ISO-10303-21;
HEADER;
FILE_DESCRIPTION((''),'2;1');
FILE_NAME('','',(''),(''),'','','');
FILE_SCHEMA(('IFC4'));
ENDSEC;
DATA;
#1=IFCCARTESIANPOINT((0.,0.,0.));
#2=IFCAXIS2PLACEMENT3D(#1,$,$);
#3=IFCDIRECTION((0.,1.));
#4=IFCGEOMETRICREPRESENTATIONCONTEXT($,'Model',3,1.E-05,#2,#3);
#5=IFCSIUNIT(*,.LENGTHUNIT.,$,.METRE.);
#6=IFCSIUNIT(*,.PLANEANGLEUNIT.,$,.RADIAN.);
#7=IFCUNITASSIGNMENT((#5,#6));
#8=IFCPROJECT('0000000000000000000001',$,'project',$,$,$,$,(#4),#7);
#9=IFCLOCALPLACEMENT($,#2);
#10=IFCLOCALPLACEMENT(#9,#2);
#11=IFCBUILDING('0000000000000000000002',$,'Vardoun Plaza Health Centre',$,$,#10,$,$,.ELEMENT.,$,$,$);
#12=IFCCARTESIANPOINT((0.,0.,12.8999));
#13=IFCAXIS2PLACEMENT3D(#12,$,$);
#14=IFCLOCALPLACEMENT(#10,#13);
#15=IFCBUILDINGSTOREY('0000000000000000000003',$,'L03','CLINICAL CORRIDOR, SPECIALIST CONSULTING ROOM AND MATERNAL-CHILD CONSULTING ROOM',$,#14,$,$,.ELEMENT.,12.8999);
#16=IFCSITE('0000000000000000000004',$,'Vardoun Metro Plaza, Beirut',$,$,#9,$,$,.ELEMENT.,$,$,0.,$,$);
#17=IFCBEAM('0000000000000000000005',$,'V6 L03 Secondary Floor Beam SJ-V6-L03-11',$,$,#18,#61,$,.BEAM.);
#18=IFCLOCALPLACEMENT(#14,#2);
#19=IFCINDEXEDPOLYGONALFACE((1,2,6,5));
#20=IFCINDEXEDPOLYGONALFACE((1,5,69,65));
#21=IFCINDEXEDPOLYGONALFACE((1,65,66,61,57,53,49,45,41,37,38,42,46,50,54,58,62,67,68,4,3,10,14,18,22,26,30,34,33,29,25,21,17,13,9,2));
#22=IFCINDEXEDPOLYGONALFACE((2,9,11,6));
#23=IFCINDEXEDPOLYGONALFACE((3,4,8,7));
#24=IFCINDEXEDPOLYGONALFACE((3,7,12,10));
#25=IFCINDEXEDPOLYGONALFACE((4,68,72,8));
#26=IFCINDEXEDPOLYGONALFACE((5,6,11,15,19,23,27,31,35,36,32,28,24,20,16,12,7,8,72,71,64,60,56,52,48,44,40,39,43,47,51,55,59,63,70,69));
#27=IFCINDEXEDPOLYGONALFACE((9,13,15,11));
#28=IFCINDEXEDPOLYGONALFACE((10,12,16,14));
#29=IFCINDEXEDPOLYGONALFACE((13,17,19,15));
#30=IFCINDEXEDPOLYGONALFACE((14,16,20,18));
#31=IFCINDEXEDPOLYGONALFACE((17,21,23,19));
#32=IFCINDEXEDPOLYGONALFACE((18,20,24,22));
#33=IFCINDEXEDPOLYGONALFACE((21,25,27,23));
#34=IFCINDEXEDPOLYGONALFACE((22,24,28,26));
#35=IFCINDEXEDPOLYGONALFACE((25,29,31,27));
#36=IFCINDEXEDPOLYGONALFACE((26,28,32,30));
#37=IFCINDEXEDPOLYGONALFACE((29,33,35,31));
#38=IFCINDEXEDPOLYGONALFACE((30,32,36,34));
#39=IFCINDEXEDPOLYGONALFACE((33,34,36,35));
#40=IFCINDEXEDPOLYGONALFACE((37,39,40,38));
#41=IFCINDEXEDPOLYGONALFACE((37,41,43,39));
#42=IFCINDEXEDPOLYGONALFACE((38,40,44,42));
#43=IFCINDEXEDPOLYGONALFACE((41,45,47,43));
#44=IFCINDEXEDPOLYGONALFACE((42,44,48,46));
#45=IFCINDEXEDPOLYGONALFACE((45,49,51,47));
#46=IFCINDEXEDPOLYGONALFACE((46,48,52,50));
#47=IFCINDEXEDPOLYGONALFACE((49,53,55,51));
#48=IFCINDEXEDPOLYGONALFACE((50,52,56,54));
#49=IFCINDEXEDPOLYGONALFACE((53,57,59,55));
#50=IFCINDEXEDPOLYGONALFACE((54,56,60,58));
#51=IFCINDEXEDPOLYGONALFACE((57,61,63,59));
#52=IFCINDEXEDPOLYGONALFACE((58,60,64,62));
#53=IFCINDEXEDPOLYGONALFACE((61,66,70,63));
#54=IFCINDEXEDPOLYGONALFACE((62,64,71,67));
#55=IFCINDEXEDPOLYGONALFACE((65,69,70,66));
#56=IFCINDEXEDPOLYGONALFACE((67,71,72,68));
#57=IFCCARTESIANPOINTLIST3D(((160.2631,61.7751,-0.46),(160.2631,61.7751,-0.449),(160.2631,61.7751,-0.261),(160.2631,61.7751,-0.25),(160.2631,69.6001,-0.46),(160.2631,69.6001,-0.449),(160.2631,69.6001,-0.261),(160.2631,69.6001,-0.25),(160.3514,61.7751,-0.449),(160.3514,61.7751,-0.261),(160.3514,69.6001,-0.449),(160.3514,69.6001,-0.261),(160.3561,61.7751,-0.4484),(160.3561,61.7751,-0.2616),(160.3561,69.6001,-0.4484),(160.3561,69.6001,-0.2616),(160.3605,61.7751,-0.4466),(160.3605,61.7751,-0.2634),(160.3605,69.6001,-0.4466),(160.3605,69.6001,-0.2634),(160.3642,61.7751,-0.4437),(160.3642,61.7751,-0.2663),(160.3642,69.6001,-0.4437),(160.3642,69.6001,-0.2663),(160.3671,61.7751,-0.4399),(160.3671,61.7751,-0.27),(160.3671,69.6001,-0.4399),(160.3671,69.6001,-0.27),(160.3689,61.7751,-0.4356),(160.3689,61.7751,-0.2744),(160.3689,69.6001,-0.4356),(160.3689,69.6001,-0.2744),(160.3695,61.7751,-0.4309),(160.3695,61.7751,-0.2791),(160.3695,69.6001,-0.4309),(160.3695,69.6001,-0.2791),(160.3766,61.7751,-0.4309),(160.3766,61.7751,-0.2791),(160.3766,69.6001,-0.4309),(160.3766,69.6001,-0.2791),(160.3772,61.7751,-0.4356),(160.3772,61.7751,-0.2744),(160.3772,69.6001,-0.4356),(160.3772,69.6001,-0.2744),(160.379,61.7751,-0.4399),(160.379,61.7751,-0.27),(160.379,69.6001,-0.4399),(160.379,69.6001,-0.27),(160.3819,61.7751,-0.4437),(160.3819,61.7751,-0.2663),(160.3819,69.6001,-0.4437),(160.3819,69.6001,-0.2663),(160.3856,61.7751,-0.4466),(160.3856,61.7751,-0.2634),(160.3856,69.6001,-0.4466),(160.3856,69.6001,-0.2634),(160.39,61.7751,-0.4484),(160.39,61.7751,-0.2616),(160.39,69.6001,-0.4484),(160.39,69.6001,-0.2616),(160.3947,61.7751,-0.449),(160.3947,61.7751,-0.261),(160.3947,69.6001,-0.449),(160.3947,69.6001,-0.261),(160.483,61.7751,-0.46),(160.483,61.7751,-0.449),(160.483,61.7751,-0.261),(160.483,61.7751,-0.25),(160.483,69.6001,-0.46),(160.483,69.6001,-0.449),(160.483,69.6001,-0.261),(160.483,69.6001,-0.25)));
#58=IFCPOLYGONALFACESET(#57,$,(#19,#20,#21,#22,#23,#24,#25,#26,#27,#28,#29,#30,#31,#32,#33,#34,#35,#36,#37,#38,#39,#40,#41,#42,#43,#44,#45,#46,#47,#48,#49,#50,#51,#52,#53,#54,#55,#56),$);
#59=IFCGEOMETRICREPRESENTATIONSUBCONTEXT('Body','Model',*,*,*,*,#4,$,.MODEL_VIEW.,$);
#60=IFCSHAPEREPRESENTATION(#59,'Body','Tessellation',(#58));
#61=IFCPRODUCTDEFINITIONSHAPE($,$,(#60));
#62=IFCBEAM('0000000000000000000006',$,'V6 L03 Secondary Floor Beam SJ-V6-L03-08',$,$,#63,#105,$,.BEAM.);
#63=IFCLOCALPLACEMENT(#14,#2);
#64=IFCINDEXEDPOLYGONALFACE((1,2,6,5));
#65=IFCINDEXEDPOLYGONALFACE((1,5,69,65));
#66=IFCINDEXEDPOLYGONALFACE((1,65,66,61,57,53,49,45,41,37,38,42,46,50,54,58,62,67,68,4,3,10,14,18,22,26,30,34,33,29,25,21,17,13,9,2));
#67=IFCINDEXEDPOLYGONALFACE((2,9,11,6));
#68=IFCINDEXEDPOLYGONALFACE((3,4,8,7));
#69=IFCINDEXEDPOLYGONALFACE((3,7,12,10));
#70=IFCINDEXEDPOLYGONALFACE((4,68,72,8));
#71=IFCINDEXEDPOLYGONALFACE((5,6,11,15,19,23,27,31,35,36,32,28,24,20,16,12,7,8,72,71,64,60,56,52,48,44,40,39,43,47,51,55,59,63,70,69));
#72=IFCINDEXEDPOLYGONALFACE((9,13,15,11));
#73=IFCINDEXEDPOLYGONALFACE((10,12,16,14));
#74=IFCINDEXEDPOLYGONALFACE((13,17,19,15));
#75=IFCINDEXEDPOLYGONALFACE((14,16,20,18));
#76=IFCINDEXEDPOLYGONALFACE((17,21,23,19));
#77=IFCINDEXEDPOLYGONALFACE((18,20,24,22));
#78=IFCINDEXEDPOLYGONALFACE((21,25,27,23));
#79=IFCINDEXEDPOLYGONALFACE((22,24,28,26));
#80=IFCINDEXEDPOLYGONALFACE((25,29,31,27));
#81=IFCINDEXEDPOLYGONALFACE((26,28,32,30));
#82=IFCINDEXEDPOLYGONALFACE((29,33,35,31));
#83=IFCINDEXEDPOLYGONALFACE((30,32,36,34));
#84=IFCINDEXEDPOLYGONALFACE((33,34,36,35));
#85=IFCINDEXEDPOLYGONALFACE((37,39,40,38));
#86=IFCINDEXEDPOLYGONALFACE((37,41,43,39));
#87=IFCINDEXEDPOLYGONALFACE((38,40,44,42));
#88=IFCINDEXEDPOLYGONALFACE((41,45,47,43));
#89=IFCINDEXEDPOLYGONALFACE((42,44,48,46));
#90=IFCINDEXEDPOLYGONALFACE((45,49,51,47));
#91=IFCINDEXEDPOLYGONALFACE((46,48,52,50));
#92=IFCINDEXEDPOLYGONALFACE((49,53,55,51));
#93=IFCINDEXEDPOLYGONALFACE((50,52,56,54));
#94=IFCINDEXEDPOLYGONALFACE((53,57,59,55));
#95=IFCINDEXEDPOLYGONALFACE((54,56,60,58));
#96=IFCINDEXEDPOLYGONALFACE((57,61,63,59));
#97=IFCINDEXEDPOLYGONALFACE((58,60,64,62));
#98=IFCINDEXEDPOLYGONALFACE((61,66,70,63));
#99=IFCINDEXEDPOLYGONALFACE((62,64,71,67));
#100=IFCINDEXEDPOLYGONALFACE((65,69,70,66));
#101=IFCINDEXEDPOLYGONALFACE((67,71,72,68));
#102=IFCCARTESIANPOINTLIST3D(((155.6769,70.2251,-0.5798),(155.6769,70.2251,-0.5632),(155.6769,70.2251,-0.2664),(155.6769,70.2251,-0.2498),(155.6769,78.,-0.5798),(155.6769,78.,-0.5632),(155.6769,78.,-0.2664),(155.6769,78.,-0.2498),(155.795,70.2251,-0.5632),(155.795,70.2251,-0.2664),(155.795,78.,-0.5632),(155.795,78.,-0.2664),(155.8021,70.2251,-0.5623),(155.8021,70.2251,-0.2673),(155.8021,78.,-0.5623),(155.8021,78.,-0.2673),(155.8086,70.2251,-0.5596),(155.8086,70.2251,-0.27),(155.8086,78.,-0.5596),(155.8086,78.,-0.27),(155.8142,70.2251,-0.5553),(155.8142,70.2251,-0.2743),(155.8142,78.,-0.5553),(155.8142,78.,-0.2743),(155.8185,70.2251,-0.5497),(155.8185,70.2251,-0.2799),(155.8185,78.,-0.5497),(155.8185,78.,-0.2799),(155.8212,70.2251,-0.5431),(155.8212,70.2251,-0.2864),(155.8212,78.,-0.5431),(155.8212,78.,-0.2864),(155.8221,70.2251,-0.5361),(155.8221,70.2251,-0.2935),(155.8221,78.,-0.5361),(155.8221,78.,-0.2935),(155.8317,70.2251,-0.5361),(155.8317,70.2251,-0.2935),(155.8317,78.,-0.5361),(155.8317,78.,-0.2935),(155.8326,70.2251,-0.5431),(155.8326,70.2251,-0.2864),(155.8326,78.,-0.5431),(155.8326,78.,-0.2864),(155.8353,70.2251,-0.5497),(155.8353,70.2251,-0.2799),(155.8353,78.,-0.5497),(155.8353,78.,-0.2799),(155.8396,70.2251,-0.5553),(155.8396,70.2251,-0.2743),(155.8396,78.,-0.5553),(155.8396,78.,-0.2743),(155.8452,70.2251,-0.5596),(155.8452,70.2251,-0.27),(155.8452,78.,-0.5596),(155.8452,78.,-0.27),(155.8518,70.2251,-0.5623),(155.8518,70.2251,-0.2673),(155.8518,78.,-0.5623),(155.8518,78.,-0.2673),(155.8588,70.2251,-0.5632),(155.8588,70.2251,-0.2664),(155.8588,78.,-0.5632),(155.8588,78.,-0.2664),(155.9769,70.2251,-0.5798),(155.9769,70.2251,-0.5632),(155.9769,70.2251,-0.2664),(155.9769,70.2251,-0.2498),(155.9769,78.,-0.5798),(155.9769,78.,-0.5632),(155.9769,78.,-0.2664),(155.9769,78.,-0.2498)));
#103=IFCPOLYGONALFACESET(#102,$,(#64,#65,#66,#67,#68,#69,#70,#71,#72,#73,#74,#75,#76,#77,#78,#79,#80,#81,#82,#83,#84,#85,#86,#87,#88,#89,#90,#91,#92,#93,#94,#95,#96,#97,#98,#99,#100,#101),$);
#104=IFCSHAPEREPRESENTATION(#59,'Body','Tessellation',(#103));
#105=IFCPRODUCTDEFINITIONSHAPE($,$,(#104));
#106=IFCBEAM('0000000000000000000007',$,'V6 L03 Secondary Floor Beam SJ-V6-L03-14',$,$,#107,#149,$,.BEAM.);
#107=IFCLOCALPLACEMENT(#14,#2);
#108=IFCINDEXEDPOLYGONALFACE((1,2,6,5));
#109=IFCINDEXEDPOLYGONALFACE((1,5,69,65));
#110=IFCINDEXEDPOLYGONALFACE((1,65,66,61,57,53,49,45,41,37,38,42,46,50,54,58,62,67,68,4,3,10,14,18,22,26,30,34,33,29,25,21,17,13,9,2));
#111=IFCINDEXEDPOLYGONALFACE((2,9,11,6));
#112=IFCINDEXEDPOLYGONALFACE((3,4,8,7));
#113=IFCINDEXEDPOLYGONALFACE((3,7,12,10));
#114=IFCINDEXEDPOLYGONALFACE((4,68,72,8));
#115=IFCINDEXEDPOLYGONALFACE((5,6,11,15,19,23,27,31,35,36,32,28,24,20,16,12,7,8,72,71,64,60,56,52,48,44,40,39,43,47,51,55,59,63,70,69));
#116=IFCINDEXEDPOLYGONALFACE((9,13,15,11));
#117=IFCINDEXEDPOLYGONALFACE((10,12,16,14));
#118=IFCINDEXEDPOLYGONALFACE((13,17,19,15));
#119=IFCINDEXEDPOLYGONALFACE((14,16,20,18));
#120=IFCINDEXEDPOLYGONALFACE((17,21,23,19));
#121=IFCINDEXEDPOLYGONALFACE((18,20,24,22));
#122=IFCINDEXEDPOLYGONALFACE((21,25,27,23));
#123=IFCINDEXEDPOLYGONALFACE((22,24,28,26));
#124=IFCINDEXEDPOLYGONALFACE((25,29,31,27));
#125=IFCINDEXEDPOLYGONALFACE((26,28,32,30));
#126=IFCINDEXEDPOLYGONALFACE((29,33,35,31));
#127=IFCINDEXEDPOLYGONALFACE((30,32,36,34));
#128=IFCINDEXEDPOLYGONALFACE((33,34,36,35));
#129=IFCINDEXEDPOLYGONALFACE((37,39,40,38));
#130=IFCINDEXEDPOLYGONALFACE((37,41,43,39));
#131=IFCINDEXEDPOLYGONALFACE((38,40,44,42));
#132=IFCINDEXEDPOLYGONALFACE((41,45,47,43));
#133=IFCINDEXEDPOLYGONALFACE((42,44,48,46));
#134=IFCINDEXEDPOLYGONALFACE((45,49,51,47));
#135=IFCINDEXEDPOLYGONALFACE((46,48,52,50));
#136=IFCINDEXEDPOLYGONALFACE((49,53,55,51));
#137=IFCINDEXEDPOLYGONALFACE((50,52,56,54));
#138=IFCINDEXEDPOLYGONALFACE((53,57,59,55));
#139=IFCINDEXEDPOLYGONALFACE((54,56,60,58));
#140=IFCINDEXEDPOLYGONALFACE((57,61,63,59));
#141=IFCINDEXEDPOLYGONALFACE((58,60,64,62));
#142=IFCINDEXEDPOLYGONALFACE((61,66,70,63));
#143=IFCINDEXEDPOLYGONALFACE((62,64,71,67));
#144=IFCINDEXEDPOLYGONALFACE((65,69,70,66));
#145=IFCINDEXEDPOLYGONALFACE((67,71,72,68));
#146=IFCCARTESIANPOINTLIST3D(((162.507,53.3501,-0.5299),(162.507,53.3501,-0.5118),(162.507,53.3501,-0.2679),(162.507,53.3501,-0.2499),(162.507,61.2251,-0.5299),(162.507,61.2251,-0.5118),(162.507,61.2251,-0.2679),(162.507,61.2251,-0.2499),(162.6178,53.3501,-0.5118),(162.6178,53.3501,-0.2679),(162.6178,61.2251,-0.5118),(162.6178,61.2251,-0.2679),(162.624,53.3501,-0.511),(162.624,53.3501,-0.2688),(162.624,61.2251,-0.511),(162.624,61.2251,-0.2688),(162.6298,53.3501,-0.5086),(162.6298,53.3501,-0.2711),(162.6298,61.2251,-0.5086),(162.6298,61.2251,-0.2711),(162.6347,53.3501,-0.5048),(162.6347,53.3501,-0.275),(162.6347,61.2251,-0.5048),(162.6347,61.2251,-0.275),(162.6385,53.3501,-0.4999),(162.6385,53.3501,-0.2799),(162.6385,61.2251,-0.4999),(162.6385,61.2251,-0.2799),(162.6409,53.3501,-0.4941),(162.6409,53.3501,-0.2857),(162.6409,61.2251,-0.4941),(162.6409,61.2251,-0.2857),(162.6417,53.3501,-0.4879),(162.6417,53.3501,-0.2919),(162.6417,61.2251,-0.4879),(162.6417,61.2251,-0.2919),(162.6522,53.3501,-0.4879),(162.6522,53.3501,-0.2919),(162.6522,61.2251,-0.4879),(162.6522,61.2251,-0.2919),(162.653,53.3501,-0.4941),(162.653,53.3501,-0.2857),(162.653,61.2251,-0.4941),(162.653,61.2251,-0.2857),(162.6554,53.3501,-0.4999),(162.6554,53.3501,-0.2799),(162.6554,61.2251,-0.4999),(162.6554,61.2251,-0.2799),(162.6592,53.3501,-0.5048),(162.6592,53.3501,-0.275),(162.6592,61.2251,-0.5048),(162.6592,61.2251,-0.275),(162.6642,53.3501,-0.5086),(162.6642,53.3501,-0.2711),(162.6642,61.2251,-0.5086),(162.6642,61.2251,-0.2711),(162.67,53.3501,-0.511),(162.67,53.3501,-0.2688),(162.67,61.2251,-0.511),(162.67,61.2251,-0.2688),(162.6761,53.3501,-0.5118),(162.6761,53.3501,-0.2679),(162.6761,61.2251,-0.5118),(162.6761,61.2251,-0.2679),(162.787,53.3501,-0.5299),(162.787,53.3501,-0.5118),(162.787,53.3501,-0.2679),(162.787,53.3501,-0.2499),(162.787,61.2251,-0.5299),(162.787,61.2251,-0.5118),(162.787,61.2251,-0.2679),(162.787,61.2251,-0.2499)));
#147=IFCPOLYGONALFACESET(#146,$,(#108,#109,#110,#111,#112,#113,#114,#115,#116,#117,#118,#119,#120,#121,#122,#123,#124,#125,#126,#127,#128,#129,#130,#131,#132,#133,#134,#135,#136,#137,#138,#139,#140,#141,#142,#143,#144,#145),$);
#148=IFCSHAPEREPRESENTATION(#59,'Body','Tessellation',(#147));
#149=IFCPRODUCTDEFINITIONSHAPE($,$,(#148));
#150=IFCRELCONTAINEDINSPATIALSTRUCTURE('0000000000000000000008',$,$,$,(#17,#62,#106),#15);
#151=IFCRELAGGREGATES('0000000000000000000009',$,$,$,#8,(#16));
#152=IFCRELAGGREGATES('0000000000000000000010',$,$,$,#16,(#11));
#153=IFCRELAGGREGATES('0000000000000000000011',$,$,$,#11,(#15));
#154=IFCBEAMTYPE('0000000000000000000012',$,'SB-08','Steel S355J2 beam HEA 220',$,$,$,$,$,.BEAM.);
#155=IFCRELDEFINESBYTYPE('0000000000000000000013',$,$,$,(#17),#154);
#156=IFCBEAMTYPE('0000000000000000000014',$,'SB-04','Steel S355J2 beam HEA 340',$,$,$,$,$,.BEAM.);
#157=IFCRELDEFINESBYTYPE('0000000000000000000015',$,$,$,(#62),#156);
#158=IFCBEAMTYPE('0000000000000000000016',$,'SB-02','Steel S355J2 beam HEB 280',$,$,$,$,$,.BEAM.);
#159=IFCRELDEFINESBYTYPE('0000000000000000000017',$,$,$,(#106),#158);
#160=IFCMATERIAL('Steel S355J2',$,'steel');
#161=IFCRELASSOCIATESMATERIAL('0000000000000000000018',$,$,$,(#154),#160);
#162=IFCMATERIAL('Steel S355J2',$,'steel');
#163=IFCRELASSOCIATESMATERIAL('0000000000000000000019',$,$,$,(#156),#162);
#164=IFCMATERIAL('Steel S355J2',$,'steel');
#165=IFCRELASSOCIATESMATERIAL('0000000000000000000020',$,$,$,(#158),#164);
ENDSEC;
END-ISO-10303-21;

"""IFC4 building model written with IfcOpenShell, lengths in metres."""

from ifc_helpers import new_model, si_unit, direction, frame, origin, origin_2d, place, context, subcontext, project, spatial, i_section, extrude, material, material_profile, profile_set, type_object, element, save


model = new_model("IFC4")

# Units and contexts
model_context = context("Model", 3, precision=1e-05, world=origin(), true_north=direction((0.0, 1.0)))
body_context = subcontext(model_context, "Body", "Model", "MODEL_VIEW")
ifc_project = project(units=[si_unit("LENGTHUNIT", "METRE"), si_unit("PLANEANGLEUNIT", "RADIAN")], contexts=[model_context])

# Site, building, storey
site_placement = place(None, origin())
site = spatial("IfcSite", under=ifc_project, at=site_placement, Name="Vardoun Metro Plaza, Beirut", CompositionType="ELEMENT", RefElevation=0.0)
building_placement = place(site_placement, origin())
building = spatial("IfcBuilding", under=site, at=building_placement, Name="Vardoun Plaza Health Centre", CompositionType="ELEMENT")
storey_placement = place(building_placement, frame((0.0, 0.0, 12.8999)))
storey = spatial("IfcBuildingStorey", under=building, at=storey_placement, Name="L03", Description="CLINICAL CORRIDOR, SPECIALIST CONSULTING ROOM AND MATERNAL-CHILD CONSULTING ROOM", CompositionType="ELEMENT", Elevation=12.8999)

# Beams
ifc_material_1 = material(Name="Steel S355J2", Category="steel")
ifc_material_profile_1 = material_profile(ifc_material_1, i_section(OverallWidth=0.22, OverallDepth=0.21, WebThickness=0.0071, FlangeThickness=0.011, FilletRadius=0.0181, at=origin_2d()), Name="HEA 220")
ifc_profile_set_1 = profile_set([ifc_material_profile_1], Name="Steel S355J2")
beam_type_1 = type_object("IfcBeamType", Name="SB-08", Description="Steel S355J2 beam HEA 220", PredefinedType="BEAM", material=ifc_profile_set_1)
beam_1_placement = place(storey_placement, frame((160.373, 61.7751, -0.355), z_axis=(0.0, 1.0, 0.0), x_axis=(-1.0, 0.0, 0.0)))
element("IfcBeam", 1, at=beam_1_placement, inside=storey, type_object=beam_type_1, Name="V6 L03 Secondary Floor Beam SJ-V6-L03-11", PredefinedType="BEAM", context=body_context, shape_type="SweptSolid", body=[
    extrude(i_section(OverallWidth=0.22, OverallDepth=0.21, WebThickness=0.0071, FlangeThickness=0.011, FilletRadius=0.0181, at=origin_2d()), origin(), (0.0, 0.0, 1.0), 7.825),
])
ifc_material_2 = material(Name="Steel S355J2", Category="steel")
ifc_material_profile_2 = material_profile(ifc_material_2, i_section(OverallWidth=0.3, OverallDepth=0.3301, WebThickness=0.0095, FlangeThickness=0.0166, FilletRadius=0.0271, at=origin_2d()), Name="HEA 340")
ifc_profile_set_2 = profile_set([ifc_material_profile_2], Name="Steel S355J2")
beam_type_2 = type_object("IfcBeamType", Name="SB-04", Description="Steel S355J2 beam HEA 340", PredefinedType="BEAM", material=ifc_profile_set_2)
beam_2_placement = place(storey_placement, frame((155.8269, 70.2251, -0.4148), z_axis=(0.0, 1.0, 0.0), x_axis=(-1.0, 0.0, 0.0)))
element("IfcBeam", 2, at=beam_2_placement, inside=storey, type_object=beam_type_2, Name="V6 L03 Secondary Floor Beam SJ-V6-L03-08", PredefinedType="BEAM", context=body_context, shape_type="SweptSolid", body=[
    extrude(i_section(OverallWidth=0.3, OverallDepth=0.3301, WebThickness=0.0095, FlangeThickness=0.0166, FilletRadius=0.0271, at=origin_2d()), origin(), (0.0, 0.0, 1.0), 7.7749),
])
ifc_material_3 = material(Name="Steel S355J2", Category="steel")
ifc_material_profile_3 = material_profile(ifc_material_3, i_section(OverallWidth=0.28, OverallDepth=0.28, WebThickness=0.0105, FlangeThickness=0.0181, FilletRadius=0.0239, at=origin_2d()), Name="HEB 280")
ifc_profile_set_3 = profile_set([ifc_material_profile_3], Name="Steel S355J2")
beam_type_3 = type_object("IfcBeamType", Name="SB-02", Description="Steel S355J2 beam HEB 280", PredefinedType="BEAM", material=ifc_profile_set_3)
beam_3_placement = place(storey_placement, frame((162.647, 53.3501, -0.3899), z_axis=(0.0, 1.0, 0.0), x_axis=(-1.0, 0.0, 0.0)))
element("IfcBeam", 3, at=beam_3_placement, inside=storey, type_object=beam_type_3, Name="V6 L03 Secondary Floor Beam SJ-V6-L03-14", PredefinedType="BEAM", context=body_context, shape_type="SweptSolid", body=[
    extrude(i_section(OverallWidth=0.28, OverallDepth=0.28, WebThickness=0.0105, FlangeThickness=0.0181, FilletRadius=0.0239, at=origin_2d()), origin(), (0.0, 0.0, 1.0), 7.875),
])

save(model, "model.ifc")
